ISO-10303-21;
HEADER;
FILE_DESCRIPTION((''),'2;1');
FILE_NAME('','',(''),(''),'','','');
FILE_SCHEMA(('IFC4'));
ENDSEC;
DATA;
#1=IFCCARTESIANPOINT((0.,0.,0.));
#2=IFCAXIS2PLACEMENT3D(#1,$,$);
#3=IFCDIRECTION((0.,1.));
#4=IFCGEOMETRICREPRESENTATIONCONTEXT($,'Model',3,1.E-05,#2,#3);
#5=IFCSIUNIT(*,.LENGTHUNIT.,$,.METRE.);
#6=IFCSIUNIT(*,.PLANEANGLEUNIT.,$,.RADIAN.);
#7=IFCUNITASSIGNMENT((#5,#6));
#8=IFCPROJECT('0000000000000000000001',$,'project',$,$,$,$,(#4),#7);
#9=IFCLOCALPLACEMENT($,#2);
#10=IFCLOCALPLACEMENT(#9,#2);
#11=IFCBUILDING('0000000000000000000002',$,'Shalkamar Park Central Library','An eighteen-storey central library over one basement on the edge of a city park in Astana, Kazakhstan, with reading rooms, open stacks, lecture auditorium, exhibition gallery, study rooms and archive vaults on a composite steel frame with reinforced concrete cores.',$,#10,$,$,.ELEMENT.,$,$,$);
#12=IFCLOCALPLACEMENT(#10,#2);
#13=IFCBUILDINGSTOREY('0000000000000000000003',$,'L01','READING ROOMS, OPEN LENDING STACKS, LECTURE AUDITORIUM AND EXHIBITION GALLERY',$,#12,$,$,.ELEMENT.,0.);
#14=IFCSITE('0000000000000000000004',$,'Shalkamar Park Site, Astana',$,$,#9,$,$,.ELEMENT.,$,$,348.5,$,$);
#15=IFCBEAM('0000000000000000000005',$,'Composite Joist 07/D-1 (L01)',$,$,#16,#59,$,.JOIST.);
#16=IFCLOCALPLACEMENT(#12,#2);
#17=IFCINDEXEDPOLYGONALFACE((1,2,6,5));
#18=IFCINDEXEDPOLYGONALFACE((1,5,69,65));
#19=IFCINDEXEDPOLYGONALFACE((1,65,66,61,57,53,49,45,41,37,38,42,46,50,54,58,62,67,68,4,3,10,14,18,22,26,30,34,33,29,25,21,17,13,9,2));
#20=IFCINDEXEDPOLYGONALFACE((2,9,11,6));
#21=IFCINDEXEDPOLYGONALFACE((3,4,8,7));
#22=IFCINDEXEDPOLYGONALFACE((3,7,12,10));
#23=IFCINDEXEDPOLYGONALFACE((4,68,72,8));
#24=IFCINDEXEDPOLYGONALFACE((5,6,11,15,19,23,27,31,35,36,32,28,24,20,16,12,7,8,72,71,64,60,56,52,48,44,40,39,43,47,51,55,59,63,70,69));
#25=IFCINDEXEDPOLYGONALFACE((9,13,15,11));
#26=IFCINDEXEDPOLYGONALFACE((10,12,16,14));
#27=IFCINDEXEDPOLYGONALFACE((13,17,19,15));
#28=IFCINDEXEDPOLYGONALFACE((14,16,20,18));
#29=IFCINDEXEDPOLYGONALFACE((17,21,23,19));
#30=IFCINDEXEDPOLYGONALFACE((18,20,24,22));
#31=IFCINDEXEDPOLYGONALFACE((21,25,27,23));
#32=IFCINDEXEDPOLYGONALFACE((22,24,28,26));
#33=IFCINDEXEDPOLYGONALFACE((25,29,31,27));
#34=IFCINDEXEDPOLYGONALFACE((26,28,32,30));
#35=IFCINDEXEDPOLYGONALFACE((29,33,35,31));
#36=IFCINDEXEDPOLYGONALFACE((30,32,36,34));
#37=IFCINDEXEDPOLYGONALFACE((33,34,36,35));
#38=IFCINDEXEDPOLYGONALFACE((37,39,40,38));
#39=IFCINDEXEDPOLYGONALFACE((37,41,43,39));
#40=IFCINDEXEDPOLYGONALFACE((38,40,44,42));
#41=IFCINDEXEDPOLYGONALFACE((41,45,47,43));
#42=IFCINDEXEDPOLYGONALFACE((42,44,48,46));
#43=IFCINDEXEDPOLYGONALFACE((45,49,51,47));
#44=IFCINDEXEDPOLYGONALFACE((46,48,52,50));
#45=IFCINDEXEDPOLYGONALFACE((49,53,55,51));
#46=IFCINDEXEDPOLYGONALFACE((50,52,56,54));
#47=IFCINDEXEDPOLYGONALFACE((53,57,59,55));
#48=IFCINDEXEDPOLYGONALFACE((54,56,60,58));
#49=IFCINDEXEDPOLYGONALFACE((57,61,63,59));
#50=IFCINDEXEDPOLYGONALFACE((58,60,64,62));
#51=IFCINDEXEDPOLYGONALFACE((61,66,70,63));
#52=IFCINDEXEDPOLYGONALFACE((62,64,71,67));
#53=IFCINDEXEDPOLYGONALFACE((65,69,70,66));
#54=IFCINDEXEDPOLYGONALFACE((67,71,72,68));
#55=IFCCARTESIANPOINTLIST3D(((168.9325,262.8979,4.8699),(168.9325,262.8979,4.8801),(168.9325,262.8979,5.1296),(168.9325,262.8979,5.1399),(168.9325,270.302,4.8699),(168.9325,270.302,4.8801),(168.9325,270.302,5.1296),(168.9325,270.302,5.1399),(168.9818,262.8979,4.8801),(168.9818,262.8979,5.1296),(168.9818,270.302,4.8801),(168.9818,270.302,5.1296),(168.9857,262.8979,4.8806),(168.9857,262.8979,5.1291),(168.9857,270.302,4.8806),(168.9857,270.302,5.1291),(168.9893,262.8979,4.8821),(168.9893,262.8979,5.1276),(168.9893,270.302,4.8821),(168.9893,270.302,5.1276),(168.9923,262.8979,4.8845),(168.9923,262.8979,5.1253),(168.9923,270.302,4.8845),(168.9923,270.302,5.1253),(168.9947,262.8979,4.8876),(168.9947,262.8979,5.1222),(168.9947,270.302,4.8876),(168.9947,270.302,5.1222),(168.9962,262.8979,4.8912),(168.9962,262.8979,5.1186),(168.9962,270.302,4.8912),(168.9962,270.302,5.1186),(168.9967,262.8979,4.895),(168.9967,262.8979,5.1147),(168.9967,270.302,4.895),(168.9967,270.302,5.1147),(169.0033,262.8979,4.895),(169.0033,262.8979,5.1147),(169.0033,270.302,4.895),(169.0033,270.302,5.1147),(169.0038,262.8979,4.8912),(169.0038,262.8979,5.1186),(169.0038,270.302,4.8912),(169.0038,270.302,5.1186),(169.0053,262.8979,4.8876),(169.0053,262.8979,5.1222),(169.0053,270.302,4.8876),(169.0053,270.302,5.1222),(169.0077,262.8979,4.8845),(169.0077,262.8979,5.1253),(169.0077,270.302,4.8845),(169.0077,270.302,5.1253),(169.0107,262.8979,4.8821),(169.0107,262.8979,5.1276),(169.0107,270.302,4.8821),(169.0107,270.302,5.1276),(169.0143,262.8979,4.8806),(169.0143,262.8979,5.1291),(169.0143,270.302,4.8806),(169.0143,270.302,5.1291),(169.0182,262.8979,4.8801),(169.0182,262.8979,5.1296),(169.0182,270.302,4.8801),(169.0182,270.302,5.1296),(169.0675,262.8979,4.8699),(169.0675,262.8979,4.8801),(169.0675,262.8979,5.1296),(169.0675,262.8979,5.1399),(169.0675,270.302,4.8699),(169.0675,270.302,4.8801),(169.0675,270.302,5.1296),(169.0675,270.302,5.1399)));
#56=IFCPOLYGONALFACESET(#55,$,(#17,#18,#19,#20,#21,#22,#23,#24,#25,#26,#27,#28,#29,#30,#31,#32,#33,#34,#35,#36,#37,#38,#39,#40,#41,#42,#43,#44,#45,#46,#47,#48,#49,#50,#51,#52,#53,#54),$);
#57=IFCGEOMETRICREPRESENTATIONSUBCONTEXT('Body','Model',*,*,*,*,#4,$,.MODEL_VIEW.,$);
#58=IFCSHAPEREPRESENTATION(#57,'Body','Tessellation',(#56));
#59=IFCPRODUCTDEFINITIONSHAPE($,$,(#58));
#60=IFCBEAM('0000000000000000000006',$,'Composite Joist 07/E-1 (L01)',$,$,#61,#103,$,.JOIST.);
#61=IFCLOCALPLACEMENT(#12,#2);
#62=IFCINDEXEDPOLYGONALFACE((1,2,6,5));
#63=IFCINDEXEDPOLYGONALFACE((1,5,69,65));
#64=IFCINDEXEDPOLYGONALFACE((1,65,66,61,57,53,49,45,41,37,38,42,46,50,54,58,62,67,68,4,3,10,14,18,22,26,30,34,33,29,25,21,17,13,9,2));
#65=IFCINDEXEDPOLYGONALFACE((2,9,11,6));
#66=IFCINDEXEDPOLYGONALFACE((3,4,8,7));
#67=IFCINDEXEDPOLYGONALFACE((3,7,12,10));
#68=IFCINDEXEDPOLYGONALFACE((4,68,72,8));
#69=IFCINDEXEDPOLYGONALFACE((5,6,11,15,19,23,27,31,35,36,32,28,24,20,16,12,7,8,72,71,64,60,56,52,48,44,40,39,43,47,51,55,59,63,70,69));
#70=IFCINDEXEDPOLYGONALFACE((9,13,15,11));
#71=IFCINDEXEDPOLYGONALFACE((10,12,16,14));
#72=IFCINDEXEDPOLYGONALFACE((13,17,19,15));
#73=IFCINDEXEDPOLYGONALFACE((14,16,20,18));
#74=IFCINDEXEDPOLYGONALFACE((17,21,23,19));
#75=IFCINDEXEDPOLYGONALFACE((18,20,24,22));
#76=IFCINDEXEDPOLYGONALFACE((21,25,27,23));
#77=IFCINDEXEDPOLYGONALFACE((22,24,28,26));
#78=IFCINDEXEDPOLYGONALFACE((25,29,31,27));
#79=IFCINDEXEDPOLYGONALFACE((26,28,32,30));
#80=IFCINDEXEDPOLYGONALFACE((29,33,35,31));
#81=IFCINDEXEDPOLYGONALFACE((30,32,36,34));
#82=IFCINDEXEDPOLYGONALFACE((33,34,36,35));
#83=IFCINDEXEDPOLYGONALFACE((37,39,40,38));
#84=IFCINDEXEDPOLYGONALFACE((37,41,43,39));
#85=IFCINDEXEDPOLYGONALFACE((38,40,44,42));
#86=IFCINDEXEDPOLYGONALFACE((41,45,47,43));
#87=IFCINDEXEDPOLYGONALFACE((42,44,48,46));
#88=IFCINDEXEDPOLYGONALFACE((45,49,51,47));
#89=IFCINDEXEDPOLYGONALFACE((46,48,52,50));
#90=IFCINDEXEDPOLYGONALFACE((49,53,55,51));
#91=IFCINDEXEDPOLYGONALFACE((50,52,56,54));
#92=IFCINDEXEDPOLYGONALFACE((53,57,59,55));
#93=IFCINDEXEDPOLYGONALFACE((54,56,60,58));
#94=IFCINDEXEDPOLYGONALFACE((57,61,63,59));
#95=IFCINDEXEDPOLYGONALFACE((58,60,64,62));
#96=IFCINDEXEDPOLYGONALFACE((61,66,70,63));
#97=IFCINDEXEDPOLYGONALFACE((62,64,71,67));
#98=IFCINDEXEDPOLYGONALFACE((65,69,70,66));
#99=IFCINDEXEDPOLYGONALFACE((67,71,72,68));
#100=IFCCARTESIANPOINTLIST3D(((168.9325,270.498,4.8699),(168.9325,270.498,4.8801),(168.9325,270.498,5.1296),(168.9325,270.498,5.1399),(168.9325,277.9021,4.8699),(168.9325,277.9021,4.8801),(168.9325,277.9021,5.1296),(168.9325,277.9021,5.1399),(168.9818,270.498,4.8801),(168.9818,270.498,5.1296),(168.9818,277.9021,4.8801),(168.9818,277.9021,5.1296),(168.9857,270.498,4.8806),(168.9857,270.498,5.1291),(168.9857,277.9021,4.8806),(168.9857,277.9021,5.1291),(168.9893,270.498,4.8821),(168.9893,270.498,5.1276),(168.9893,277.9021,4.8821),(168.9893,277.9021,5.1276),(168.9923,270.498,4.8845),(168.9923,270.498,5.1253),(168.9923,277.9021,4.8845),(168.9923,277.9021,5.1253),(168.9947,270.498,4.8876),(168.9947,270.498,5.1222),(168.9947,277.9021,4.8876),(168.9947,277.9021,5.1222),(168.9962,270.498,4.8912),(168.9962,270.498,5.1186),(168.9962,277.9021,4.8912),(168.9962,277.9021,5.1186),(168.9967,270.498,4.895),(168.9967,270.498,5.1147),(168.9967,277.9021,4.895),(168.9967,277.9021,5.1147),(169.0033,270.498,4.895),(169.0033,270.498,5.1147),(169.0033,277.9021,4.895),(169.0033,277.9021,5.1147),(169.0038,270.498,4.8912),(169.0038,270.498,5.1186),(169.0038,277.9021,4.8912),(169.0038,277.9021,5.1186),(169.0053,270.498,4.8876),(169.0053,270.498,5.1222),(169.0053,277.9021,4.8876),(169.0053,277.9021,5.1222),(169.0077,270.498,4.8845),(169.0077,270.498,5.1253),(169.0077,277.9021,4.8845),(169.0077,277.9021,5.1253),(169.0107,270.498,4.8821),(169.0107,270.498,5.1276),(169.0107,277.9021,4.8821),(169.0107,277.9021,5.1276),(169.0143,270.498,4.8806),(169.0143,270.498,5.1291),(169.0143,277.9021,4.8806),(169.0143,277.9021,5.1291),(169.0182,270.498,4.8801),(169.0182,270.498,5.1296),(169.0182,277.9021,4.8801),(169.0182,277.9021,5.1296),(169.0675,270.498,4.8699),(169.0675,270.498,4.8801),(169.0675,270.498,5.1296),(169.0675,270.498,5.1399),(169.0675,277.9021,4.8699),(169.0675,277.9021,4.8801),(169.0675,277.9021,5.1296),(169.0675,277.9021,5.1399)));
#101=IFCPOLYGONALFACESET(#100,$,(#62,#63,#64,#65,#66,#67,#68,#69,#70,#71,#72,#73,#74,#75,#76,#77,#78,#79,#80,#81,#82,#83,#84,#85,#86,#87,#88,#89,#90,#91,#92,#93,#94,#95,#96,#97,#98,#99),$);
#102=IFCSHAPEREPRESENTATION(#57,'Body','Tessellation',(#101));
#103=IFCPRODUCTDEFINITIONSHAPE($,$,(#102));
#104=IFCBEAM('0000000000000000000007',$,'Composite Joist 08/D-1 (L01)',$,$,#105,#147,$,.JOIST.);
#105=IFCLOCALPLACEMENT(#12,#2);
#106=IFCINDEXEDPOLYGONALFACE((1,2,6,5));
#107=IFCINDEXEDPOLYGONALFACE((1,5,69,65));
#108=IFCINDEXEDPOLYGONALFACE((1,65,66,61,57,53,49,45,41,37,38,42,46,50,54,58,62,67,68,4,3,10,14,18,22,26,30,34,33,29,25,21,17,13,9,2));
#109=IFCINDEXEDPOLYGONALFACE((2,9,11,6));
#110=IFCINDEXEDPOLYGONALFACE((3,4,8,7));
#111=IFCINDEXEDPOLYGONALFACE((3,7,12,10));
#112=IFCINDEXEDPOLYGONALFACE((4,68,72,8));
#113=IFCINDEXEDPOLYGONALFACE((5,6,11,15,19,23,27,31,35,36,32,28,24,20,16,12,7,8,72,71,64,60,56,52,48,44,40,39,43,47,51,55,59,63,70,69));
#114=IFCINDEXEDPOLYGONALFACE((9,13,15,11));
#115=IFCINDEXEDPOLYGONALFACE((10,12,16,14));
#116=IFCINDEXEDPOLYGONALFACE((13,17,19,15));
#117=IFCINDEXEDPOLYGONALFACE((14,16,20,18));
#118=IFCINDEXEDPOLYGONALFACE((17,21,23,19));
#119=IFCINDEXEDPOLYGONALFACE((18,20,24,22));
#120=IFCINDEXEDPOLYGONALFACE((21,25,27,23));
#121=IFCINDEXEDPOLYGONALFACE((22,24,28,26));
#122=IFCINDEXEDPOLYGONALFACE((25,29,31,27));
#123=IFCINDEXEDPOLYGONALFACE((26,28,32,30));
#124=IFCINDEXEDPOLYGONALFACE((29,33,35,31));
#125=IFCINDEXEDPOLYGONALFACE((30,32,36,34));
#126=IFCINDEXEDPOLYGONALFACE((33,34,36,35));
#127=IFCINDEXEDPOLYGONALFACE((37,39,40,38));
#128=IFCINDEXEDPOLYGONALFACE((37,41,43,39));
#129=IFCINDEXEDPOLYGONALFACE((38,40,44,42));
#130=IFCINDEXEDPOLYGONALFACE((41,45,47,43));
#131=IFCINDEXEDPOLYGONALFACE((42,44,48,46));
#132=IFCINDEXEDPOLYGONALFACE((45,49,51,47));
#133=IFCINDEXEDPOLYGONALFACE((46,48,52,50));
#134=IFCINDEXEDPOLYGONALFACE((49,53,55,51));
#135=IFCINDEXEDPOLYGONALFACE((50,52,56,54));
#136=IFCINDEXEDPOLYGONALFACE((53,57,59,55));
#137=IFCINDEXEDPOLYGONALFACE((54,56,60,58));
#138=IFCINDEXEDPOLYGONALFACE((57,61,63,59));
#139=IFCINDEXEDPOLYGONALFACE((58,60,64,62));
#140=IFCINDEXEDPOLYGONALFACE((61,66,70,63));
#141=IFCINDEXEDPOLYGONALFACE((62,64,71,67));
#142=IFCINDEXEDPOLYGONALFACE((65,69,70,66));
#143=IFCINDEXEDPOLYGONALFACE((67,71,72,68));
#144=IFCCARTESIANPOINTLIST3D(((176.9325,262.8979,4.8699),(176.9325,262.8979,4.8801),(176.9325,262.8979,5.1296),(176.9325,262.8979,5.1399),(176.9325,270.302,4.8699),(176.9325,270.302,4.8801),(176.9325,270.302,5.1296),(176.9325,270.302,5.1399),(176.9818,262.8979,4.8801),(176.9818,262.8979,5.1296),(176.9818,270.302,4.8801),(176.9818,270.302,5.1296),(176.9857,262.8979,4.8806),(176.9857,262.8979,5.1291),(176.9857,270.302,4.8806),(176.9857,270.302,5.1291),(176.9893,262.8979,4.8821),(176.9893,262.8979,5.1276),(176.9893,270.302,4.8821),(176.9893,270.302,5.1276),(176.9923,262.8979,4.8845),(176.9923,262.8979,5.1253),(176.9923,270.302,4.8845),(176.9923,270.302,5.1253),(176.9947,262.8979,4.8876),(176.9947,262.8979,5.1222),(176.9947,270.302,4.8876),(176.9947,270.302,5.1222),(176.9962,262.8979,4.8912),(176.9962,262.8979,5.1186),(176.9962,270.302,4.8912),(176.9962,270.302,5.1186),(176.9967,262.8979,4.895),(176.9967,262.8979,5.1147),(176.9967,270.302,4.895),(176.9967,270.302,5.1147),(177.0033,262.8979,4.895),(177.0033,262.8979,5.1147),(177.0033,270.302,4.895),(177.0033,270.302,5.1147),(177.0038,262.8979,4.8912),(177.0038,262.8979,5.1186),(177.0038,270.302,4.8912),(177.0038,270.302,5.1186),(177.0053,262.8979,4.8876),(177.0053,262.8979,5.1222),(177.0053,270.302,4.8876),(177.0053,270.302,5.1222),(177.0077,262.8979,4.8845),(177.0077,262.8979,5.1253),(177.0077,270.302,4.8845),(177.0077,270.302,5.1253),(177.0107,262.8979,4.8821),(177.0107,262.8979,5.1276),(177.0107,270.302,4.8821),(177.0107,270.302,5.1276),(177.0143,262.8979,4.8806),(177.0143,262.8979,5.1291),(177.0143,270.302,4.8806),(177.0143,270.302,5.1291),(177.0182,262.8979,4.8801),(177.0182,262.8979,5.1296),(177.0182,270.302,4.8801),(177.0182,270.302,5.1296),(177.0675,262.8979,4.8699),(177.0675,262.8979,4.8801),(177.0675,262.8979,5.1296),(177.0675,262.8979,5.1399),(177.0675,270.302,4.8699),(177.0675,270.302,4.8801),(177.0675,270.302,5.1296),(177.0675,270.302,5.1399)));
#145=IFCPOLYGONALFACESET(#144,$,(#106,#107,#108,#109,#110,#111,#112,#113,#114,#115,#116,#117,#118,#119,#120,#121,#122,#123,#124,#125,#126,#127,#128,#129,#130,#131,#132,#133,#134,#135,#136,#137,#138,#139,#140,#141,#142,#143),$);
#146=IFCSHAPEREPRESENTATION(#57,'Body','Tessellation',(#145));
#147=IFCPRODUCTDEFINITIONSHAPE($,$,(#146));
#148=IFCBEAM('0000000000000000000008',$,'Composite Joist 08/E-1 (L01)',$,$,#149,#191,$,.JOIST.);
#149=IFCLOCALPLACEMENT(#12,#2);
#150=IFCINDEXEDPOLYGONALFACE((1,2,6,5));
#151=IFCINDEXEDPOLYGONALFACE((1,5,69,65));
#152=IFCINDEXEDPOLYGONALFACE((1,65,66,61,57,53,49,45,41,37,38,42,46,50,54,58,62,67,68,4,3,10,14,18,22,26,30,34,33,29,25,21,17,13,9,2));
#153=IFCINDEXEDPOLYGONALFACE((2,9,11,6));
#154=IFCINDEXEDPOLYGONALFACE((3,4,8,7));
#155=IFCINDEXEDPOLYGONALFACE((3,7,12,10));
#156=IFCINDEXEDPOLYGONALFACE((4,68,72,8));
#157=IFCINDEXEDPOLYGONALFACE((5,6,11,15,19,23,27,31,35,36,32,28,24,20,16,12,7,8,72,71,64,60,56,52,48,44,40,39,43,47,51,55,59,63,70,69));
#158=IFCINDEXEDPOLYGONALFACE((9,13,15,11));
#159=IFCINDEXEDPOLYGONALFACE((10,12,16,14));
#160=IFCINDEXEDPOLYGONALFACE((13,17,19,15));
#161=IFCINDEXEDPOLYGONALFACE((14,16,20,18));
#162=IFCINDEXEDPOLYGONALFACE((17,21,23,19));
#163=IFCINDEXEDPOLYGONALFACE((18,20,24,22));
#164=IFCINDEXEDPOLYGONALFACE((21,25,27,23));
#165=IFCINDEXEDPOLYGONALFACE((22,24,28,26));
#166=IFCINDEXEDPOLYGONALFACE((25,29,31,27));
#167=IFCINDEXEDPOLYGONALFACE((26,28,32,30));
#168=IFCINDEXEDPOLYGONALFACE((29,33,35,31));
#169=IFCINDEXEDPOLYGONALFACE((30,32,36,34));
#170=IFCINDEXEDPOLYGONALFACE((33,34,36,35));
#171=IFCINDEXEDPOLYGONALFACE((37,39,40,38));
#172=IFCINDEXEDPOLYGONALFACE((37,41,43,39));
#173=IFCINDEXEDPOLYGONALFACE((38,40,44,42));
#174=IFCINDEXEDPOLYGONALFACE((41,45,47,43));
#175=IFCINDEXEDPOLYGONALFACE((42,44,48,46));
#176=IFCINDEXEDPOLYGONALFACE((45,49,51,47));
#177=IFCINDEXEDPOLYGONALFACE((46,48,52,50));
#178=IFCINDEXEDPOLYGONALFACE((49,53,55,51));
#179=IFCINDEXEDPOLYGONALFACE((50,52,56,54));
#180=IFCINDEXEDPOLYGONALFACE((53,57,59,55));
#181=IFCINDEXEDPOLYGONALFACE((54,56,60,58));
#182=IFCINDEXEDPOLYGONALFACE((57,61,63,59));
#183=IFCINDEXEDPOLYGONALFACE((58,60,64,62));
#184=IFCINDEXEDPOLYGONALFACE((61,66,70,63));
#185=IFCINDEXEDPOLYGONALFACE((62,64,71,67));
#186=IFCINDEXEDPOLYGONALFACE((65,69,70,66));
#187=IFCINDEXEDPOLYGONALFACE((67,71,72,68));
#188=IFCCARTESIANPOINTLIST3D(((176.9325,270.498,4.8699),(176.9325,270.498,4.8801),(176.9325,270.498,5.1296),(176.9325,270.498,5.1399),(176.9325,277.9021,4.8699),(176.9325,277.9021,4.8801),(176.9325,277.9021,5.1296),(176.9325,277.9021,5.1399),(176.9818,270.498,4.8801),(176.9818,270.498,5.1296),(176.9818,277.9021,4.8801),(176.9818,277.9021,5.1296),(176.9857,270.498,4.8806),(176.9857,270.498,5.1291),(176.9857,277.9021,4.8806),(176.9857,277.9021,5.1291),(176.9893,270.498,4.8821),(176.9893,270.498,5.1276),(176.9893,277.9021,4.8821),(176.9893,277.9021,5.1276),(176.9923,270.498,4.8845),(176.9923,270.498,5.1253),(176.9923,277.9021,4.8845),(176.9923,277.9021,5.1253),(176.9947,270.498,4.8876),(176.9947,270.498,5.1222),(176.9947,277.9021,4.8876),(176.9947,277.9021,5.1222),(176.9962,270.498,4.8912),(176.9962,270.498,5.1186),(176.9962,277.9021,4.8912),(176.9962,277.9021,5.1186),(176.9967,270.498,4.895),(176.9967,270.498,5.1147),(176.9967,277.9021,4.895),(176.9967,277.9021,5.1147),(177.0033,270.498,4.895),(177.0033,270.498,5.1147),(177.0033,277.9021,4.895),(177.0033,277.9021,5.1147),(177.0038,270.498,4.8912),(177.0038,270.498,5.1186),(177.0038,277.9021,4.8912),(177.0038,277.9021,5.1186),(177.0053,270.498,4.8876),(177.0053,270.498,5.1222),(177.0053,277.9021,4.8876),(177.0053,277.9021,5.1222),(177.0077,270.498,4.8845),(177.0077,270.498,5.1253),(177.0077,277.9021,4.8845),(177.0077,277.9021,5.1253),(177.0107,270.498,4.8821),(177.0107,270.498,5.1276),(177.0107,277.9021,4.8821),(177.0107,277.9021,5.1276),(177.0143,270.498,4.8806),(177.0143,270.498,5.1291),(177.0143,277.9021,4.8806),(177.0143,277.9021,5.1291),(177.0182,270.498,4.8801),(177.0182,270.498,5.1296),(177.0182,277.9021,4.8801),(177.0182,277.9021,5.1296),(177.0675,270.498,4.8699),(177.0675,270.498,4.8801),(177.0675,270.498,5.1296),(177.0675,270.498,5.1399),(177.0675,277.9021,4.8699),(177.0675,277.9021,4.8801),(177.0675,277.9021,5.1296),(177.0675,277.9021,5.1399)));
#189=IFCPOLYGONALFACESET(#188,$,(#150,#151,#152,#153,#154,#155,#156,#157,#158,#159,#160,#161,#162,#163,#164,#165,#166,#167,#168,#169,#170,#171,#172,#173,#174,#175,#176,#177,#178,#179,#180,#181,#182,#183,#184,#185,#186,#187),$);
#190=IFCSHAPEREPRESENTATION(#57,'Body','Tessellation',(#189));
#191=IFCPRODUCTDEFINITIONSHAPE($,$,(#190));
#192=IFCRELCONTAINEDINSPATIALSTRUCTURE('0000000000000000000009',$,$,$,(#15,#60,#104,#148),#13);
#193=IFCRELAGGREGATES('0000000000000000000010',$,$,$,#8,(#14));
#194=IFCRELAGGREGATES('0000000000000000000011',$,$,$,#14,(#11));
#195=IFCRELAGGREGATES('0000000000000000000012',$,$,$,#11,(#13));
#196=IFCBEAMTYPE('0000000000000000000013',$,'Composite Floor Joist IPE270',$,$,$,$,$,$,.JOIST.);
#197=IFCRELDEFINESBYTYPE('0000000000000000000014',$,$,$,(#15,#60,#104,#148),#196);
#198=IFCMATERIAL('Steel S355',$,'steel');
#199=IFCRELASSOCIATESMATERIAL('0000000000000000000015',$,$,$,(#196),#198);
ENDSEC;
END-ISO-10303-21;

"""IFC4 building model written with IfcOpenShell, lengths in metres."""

from ifc_helpers import new_model, si_unit, direction, frame, origin, origin_2d, place, context, subcontext, project, spatial, i_section, extrude, material, material_profile, profile_set, type_object, element, save


model = new_model("IFC4")

# Units and contexts
model_context = context("Model", 3, precision=1e-05, world=origin(), true_north=direction((0.0, 1.0)))
body_context = subcontext(model_context, "Body", "Model", "MODEL_VIEW")
ifc_project = project(units=[si_unit("LENGTHUNIT", "METRE"), si_unit("PLANEANGLEUNIT", "RADIAN")], contexts=[model_context])

# Site, building, storey
site_placement = place(None, origin())
site = spatial("IfcSite", under=ifc_project, at=site_placement, Name="Shalkamar Park Site, Astana", CompositionType="ELEMENT", RefElevation=348.5)
building_placement = place(site_placement, origin())
building = spatial("IfcBuilding", under=site, at=building_placement, Name="Shalkamar Park Central Library", Description="An eighteen-storey central library over one basement on the edge of a city park in Astana, Kazakhstan, with reading rooms, open stacks, lecture auditorium, exhibition gallery, study rooms and archive vaults on a composite steel frame with reinforced concrete cores.", CompositionType="ELEMENT")
storey_placement = place(building_placement, origin())
storey = spatial("IfcBuildingStorey", under=building, at=storey_placement, Name="L01", Description="READING ROOMS, OPEN LENDING STACKS, LECTURE AUDITORIUM AND EXHIBITION GALLERY", CompositionType="ELEMENT", Elevation=0.0)

# Shared definitions
ifc_material = material(Name="Steel S355", Category="steel")

# Beams
ifc_material_profile_1 = material_profile(ifc_material, i_section(OverallWidth=0.135, OverallDepth=0.27, WebThickness=0.0066, FlangeThickness=0.0103, FilletRadius=0.0149, at=origin_2d()), Name="IPE 270")
ifc_profile_set_1 = profile_set([ifc_material_profile_1], Name="Steel S355")
beam_type_1 = type_object("IfcBeamType", Name="Composite Floor Joist IPE270", PredefinedType="JOIST", material=ifc_profile_set_1)
for number, where, z_axis, x_axis, name in (
    (1, (169.0, 262.8979, 5.0049), (0.0, 1.0, 0.0), (-1.0, 0.0, 0.0), "Composite Joist 07/D-1 (L01)"),
    (2, (169.0, 270.498, 5.0049), (0.0, 1.0, 0.0), (-1.0, 0.0, 0.0), "Composite Joist 07/E-1 (L01)"),
    (3, (177.0, 262.8979, 5.0049), (0.0, 1.0, 0.0), (-1.0, 0.0, 0.0), "Composite Joist 08/D-1 (L01)"),
    (4, (177.0, 270.498, 5.0049), (0.0, 1.0, 0.0), (-1.0, 0.0, 0.0), "Composite Joist 08/E-1 (L01)"),
):
    element("IfcBeam", number, at=place(storey_placement, frame(where, z_axis=z_axis, x_axis=x_axis)), inside=storey, type_object=beam_type_1, Name=name, PredefinedType="JOIST", context=body_context, shape_type="SweptSolid", body=[
        extrude(i_section(OverallWidth=0.135, OverallDepth=0.27, WebThickness=0.0066, FlangeThickness=0.0103, FilletRadius=0.0149, at=origin_2d()), origin(), (0.0, 0.0, 1.0), 7.4041),
    ])

save(model, "model.ifc")
